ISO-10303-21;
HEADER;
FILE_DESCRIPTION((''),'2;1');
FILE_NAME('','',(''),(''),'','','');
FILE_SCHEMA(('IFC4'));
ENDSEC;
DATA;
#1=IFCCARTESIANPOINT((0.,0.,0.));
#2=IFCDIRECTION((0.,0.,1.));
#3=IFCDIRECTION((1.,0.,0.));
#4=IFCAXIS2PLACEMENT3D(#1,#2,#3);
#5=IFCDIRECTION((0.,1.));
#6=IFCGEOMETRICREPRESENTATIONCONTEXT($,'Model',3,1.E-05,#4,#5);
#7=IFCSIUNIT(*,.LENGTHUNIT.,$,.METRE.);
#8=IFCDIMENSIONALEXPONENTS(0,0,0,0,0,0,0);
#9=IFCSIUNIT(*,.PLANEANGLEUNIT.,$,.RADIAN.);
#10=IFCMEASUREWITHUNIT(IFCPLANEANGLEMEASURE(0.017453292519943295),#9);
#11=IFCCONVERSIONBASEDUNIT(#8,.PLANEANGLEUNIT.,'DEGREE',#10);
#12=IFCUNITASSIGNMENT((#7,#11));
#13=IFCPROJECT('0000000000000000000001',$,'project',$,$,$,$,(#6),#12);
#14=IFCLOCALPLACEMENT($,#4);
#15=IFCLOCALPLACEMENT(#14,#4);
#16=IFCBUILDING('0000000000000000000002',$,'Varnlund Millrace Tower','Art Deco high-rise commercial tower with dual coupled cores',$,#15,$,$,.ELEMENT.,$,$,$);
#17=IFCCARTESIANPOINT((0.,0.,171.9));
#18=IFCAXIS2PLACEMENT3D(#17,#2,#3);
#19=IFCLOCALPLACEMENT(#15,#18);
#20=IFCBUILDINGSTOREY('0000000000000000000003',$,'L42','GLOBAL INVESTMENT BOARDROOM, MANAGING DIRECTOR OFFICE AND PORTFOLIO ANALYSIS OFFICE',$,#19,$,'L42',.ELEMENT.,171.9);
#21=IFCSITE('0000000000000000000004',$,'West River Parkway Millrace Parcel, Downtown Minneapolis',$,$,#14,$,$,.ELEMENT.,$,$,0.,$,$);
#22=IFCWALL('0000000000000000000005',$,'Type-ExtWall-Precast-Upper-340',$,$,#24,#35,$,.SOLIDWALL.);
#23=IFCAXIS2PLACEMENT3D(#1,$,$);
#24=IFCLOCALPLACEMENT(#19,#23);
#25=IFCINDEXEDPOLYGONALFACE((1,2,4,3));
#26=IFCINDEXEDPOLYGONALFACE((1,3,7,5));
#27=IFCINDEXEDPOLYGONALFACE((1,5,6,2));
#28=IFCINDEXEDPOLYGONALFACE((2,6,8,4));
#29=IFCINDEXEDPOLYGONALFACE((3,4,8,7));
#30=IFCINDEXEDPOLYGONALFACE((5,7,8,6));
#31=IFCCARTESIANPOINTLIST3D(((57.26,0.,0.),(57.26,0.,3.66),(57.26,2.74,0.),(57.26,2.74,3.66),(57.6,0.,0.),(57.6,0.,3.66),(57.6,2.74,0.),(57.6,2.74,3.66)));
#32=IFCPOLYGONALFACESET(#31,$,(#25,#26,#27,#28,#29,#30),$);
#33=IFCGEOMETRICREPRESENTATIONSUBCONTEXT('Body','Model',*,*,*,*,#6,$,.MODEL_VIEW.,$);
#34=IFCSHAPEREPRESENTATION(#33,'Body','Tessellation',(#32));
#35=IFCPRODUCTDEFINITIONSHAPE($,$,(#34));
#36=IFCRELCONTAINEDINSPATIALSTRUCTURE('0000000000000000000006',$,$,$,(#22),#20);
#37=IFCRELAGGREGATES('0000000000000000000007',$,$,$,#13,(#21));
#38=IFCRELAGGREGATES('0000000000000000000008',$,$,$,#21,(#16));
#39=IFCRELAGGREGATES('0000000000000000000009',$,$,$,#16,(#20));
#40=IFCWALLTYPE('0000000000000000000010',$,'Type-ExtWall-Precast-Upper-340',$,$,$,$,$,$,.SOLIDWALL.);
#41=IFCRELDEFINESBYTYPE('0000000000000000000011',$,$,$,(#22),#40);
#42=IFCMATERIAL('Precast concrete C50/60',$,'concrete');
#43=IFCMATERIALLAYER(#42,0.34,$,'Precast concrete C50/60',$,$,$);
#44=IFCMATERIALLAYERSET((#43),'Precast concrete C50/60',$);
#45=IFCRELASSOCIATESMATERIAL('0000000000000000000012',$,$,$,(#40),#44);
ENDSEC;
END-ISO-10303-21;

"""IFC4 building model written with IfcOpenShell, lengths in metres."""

from ifc_helpers import new_model, entity, si_unit, converted_unit, direction, frame, origin_with_axes, place, context, subcontext, project, spatial, polyline, outline, extrude, material, layer, layer_set, type_object, element, save


model = new_model("IFC4")

# Units and contexts
model_context = context("Model", 3, precision=1e-05, world=origin_with_axes(), true_north=direction((0.0, 1.0)))
body_context = subcontext(model_context, "Body", "Model", "MODEL_VIEW")
ifc_project = project(units=[si_unit("LENGTHUNIT", "METRE"), converted_unit("PLANEANGLEUNIT", "DEGREE", entity("IfcPlaneAngleMeasure", 0.017453292519943295), si_unit("PLANEANGLEUNIT", "RADIAN"), dimensions=[0, 0, 0, 0, 0, 0, 0])], contexts=[model_context])

# Site, building, storey
site_placement = place(None, origin_with_axes())
site = spatial("IfcSite", under=ifc_project, at=site_placement, Name="West River Parkway Millrace Parcel, Downtown Minneapolis", CompositionType="ELEMENT", RefElevation=0.0)
building_placement = place(site_placement, origin_with_axes())
building = spatial("IfcBuilding", under=site, at=building_placement, Name="Varnlund Millrace Tower", Description="Art Deco high-rise commercial tower with dual coupled cores", CompositionType="ELEMENT")
storey_placement = place(building_placement, frame((0.0, 0.0, 171.9), z_axis=(0.0, 0.0, 1.0), x_axis=(1.0, 0.0, 0.0)))
storey = spatial("IfcBuildingStorey", under=building, at=storey_placement, Name="L42", Description="GLOBAL INVESTMENT BOARDROOM, MANAGING DIRECTOR OFFICE AND PORTFOLIO ANALYSIS OFFICE", LongName="L42", CompositionType="ELEMENT", Elevation=171.9)

# Wall
ifc_material_1 = material(Name="Precast concrete C50/60", Category="concrete")
ifc_layer = layer(ifc_material_1, 0.34, Name="Precast concrete C50/60")
ifc_layer_set = layer_set([ifc_layer], Name="Precast concrete C50/60")
wall_type = type_object("IfcWallType", Name="Type-ExtWall-Precast-Upper-340", PredefinedType="SOLIDWALL", material=ifc_layer_set)
wall_1_placement = place(storey_placement, frame((57.43, 2.74, 0.0), z_axis=(0.0, 0.0, 1.0), x_axis=(0.0, -1.0, 0.0)))
element("IfcWall", 1, at=wall_1_placement, inside=storey, type_object=wall_type, Name="Type-ExtWall-Precast-Upper-340", PredefinedType="SOLIDWALL", context=body_context, shape_type="SweptSolid", body=[
    extrude(outline(polyline([(0.0, -0.17), (2.74, -0.17), (2.74, 0.17), (0.0, 0.17), (0.0, -0.17)])), origin_with_axes(), (0.0, 0.0, 1.0), 3.66),
])

save(model, "model.ifc")
